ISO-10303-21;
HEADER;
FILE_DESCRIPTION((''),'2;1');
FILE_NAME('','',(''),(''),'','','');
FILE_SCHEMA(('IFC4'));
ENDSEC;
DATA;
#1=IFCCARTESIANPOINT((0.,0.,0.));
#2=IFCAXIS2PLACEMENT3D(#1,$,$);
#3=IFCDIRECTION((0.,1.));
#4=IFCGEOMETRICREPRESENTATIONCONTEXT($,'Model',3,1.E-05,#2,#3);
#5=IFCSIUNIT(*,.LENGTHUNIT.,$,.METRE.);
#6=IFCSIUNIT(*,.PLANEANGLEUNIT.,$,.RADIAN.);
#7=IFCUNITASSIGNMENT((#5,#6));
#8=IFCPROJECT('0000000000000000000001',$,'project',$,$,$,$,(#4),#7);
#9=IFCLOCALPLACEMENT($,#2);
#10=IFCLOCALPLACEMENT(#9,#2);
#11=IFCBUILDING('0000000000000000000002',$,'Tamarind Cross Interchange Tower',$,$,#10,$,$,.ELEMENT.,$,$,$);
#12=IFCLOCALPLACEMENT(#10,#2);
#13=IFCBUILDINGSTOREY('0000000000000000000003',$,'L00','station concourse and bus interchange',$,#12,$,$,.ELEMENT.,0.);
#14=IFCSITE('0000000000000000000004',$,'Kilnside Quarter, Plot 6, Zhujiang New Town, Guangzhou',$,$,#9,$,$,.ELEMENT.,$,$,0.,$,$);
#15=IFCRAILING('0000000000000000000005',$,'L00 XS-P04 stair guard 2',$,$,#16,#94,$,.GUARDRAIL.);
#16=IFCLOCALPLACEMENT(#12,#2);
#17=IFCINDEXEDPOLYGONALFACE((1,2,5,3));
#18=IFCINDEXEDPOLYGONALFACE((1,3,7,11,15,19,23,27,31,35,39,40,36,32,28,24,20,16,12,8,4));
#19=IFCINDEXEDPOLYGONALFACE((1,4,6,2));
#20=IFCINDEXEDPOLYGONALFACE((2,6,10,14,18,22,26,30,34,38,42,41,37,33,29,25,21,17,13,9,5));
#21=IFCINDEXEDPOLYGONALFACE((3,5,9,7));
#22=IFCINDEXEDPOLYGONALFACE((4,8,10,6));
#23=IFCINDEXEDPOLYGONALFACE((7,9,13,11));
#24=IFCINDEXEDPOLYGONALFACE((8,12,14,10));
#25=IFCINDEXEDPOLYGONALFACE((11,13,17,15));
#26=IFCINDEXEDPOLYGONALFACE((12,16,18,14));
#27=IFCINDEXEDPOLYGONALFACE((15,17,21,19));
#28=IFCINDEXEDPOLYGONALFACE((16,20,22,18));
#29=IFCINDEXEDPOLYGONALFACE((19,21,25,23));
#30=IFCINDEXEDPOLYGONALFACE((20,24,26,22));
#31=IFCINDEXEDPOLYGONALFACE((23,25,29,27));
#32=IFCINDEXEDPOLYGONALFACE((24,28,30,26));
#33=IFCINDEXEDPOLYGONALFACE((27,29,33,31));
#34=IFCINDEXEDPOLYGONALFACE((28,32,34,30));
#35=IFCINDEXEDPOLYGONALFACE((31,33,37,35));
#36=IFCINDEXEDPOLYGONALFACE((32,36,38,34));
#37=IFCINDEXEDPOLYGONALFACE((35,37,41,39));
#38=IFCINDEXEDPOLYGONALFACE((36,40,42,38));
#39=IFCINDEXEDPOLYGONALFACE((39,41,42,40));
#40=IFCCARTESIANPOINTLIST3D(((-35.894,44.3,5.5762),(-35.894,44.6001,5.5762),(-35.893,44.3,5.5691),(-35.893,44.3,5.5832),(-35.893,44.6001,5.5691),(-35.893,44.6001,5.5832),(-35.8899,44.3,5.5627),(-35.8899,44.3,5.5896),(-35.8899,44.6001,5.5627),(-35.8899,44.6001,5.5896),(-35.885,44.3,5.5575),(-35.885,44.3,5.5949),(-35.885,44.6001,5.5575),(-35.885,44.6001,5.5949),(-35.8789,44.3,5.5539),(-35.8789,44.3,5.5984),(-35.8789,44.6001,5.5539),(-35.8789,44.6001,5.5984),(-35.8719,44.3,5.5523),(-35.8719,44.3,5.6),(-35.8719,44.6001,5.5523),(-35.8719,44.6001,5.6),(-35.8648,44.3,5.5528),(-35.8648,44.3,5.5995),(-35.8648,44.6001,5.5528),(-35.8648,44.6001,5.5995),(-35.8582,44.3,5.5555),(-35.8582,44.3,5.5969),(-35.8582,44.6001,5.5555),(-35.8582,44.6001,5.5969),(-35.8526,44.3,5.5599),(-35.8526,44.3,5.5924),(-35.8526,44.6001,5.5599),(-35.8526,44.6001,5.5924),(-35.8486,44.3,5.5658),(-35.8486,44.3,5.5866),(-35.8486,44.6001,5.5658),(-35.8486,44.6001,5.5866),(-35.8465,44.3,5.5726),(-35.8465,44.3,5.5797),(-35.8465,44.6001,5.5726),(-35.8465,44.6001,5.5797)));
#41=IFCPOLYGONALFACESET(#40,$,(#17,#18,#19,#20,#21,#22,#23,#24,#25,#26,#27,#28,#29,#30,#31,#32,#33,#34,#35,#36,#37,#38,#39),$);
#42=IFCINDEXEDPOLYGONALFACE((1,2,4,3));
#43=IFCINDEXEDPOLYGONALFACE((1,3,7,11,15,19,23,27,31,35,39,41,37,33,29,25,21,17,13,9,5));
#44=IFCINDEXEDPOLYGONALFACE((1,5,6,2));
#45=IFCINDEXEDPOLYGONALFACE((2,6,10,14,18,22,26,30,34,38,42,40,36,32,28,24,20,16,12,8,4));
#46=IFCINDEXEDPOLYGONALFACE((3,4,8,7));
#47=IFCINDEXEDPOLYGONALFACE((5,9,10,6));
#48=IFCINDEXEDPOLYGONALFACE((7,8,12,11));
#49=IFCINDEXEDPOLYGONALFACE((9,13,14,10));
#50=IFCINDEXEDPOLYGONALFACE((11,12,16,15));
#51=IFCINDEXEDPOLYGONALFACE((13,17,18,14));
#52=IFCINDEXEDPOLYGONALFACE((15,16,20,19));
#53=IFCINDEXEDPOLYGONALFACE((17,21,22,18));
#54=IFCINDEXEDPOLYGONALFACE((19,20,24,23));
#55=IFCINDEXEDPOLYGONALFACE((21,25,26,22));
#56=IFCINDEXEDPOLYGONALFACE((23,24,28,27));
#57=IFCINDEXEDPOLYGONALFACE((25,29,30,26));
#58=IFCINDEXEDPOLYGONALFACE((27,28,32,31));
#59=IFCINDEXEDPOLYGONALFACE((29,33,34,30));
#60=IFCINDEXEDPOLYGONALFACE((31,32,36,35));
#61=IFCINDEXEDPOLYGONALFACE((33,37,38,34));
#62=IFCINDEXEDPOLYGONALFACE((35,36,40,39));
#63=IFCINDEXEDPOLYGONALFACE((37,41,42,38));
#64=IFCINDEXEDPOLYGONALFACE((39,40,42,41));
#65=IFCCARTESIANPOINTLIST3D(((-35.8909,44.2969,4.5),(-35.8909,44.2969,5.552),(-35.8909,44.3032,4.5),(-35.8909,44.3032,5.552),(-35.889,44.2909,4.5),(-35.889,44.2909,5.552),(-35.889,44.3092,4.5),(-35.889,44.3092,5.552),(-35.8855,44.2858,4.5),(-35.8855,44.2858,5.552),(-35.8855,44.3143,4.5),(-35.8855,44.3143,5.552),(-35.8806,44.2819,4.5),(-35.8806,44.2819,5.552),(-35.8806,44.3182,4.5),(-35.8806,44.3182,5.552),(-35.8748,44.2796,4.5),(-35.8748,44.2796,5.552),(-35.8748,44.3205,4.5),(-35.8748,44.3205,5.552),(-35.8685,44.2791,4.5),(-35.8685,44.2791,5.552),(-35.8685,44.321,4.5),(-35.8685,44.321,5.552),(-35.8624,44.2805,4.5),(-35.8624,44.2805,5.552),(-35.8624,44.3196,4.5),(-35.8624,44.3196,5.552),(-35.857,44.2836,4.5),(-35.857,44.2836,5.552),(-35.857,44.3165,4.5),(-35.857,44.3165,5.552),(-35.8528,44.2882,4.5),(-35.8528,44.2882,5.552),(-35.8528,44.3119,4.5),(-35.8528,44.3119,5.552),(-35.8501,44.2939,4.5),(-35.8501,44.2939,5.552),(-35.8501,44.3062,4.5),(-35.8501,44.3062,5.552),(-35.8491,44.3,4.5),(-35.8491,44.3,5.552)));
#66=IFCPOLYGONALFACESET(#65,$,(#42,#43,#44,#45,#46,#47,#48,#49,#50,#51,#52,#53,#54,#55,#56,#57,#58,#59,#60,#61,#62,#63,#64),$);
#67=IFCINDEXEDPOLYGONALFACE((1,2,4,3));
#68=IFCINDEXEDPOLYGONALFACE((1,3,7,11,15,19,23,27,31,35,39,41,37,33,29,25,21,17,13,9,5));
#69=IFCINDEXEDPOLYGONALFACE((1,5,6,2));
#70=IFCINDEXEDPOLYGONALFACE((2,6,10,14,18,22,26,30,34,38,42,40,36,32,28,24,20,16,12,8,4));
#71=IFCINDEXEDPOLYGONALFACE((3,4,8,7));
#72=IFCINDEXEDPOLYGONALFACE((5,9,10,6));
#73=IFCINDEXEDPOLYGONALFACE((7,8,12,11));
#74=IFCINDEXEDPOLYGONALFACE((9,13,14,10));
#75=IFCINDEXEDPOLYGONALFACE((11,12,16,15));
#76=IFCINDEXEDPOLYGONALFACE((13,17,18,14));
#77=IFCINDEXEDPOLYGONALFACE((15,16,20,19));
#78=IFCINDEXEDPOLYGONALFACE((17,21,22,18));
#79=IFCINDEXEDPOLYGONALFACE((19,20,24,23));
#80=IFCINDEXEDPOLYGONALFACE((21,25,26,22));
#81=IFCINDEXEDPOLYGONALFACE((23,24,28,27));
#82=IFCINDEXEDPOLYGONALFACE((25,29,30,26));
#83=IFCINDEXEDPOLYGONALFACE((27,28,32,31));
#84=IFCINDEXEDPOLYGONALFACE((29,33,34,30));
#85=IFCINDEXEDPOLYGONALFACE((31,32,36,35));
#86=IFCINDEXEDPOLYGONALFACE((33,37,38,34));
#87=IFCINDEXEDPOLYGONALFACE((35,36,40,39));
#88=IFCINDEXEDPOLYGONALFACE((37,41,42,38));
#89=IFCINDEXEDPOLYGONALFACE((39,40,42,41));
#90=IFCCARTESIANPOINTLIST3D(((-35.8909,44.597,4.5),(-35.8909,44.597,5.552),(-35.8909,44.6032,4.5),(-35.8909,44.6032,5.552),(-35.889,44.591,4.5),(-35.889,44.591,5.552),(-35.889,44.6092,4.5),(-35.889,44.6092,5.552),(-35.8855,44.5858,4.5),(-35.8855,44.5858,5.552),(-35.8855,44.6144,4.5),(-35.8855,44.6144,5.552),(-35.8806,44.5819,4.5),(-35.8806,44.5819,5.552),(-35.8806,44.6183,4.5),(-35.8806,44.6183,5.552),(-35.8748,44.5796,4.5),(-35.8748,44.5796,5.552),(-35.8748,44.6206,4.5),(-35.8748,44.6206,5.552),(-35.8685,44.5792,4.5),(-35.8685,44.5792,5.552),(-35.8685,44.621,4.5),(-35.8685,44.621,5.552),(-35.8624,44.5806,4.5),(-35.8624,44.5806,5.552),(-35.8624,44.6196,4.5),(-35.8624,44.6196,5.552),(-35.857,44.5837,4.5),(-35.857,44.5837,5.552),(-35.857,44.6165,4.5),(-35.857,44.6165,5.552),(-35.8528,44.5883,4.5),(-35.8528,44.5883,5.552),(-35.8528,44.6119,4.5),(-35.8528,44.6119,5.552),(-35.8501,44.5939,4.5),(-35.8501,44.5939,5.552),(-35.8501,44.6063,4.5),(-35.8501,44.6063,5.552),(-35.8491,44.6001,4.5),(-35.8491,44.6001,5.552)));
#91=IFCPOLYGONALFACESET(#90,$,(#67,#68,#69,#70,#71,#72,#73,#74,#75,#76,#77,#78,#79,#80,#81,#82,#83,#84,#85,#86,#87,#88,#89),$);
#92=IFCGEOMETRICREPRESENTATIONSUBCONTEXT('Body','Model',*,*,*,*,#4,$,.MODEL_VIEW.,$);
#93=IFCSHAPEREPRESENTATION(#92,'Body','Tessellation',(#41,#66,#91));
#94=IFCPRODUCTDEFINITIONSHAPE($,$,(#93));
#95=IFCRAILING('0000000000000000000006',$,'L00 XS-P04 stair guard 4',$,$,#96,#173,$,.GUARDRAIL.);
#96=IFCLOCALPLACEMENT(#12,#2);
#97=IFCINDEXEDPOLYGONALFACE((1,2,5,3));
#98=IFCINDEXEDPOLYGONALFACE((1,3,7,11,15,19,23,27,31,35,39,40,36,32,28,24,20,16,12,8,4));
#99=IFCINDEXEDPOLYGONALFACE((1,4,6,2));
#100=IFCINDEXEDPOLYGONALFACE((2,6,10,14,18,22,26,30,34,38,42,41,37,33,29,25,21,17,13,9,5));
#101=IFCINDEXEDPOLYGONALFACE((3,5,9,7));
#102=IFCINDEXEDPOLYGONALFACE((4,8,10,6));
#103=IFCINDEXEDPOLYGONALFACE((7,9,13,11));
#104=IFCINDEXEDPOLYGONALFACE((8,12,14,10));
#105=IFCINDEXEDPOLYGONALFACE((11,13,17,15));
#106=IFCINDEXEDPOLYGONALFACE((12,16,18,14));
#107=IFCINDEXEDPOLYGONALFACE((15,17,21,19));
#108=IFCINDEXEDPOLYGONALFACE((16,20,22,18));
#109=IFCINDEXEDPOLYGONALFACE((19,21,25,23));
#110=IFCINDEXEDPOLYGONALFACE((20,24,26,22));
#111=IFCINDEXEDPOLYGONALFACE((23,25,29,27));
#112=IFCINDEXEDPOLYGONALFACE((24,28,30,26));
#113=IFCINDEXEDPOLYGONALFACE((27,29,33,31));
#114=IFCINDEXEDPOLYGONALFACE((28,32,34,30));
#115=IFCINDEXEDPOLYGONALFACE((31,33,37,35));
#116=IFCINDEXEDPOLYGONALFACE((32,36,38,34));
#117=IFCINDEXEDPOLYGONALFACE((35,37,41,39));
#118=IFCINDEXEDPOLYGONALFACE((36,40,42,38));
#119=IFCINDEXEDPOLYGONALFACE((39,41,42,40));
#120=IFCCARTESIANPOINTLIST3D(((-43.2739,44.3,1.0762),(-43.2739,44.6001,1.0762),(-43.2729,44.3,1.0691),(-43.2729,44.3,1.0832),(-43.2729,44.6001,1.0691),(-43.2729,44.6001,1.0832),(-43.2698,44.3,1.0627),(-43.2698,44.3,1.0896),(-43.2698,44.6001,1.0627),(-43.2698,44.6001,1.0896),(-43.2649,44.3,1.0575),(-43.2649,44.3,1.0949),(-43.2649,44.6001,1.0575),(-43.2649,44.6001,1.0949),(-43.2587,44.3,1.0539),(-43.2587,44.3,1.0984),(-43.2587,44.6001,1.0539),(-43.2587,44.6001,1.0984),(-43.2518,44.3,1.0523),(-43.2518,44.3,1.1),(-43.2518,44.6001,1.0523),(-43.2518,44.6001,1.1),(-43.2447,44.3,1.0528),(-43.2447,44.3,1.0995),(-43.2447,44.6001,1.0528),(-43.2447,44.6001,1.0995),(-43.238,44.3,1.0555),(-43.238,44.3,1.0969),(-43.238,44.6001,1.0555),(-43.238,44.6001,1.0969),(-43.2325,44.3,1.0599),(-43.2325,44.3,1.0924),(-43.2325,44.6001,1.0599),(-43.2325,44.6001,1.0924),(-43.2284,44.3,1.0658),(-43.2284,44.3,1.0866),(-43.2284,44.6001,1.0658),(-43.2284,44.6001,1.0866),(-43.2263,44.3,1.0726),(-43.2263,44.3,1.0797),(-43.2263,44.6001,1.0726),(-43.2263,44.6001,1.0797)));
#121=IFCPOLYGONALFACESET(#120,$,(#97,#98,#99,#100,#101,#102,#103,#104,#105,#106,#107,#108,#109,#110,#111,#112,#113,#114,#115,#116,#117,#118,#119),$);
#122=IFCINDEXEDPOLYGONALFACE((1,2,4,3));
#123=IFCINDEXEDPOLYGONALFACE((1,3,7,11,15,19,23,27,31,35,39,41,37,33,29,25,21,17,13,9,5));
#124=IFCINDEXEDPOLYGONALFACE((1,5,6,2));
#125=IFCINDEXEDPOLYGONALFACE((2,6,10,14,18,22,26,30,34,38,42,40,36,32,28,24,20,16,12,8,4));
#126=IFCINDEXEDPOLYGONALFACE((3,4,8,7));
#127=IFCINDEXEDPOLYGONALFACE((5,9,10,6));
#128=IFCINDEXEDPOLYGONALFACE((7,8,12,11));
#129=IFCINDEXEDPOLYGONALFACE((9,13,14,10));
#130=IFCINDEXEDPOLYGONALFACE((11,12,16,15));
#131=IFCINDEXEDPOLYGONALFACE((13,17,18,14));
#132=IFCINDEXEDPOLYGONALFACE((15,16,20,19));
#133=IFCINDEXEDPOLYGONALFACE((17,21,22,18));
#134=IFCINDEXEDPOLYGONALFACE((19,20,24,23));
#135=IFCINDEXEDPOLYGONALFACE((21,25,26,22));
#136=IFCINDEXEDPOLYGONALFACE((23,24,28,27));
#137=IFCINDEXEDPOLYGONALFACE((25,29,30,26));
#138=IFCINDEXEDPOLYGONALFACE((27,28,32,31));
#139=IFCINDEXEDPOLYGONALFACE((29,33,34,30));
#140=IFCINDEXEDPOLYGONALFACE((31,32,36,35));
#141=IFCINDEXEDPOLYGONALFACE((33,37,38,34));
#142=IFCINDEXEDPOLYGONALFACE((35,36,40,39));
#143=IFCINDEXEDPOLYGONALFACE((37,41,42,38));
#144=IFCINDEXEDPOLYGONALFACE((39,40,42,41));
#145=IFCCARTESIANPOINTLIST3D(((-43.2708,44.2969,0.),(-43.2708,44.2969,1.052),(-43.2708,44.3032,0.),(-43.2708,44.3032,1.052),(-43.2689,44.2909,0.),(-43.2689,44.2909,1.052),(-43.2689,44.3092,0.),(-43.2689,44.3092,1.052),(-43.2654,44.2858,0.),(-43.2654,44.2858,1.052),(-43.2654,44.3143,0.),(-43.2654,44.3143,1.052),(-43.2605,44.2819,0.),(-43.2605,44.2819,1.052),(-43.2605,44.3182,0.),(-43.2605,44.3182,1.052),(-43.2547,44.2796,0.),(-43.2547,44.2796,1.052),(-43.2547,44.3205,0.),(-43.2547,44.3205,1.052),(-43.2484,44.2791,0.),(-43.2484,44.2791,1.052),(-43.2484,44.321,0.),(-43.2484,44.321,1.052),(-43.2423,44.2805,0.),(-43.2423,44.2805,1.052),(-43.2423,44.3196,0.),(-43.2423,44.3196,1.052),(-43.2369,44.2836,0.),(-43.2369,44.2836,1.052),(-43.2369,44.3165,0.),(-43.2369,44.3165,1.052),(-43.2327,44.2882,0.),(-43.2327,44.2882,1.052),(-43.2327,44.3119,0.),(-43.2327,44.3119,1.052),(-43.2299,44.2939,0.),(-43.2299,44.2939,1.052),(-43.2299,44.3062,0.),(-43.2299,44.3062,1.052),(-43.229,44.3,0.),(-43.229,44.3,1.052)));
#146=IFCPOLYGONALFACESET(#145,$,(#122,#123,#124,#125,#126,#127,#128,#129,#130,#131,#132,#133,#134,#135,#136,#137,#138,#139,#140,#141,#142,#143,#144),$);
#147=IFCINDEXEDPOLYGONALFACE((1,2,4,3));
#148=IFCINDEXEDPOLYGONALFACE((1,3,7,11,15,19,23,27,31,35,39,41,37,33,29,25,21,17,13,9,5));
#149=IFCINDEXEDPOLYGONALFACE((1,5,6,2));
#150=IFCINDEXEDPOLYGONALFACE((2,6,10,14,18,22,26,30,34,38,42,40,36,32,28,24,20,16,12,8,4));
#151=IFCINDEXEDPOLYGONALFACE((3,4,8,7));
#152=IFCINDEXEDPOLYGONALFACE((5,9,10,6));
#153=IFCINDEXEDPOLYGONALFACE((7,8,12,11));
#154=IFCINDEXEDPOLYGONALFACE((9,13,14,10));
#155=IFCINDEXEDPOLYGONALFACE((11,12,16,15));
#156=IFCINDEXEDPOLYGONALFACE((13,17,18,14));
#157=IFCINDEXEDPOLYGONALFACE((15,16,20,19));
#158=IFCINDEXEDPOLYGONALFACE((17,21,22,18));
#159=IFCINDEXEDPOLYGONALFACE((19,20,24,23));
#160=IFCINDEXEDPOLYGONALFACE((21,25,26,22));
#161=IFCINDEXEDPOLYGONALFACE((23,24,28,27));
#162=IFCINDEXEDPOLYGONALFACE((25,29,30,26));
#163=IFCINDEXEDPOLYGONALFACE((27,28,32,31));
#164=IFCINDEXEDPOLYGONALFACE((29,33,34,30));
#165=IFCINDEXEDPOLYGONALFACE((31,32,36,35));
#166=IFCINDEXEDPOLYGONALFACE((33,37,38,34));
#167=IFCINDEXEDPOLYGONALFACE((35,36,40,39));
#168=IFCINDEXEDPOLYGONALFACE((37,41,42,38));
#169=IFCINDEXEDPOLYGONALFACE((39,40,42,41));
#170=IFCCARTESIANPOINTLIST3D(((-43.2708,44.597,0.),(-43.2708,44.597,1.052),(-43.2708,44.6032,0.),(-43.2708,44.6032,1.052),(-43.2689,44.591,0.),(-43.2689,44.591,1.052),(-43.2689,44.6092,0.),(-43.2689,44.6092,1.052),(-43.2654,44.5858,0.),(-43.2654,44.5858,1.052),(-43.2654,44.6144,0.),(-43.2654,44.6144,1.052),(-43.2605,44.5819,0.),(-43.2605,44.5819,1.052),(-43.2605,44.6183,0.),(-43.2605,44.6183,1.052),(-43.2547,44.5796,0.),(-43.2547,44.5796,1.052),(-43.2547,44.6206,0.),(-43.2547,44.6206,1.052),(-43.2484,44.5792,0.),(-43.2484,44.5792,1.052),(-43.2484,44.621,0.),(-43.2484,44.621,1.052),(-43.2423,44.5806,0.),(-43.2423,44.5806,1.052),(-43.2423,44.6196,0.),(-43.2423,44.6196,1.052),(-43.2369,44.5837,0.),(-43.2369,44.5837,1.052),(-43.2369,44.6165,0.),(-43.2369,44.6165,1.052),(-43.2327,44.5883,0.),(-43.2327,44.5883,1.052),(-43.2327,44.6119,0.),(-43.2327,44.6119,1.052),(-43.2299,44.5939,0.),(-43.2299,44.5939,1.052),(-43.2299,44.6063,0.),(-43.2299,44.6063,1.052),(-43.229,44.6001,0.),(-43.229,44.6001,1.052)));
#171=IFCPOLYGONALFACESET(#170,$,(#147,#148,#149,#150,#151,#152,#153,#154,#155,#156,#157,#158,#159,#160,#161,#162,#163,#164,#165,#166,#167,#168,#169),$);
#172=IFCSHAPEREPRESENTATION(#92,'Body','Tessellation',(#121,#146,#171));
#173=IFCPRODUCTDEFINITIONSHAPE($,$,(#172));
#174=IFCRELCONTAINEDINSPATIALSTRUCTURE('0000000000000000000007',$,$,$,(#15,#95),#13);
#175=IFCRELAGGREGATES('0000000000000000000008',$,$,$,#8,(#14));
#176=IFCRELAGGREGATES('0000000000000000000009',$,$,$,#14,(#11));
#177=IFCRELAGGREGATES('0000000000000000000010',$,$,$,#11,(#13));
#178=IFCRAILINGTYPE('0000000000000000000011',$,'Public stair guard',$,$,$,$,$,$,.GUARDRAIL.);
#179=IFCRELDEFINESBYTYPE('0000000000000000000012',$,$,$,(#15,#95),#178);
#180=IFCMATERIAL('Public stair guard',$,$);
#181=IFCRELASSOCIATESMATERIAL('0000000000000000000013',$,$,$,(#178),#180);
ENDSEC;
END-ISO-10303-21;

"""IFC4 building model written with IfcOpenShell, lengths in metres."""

from ifc_helpers import new_model, si_unit, direction, frame, origin, origin_2d, place, context, subcontext, project, spatial, circle, extrude, material, type_object, element, save


model = new_model("IFC4")

# Units and contexts
model_context = context("Model", 3, precision=1e-05, world=origin(), true_north=direction((0.0, 1.0)))
body_context = subcontext(model_context, "Body", "Model", "MODEL_VIEW")
ifc_project = project(units=[si_unit("LENGTHUNIT", "METRE"), si_unit("PLANEANGLEUNIT", "RADIAN")], contexts=[model_context])

# Site, building, storey
site_placement = place(None, origin())
site = spatial("IfcSite", under=ifc_project, at=site_placement, Name="Kilnside Quarter, Plot 6, Zhujiang New Town, Guangzhou", CompositionType="ELEMENT", RefElevation=0.0)
building_placement = place(site_placement, origin())
building = spatial("IfcBuilding", under=site, at=building_placement, Name="Tamarind Cross Interchange Tower", CompositionType="ELEMENT")
storey_placement = place(building_placement, origin())
storey = spatial("IfcBuildingStorey", under=building, at=storey_placement, Name="L00", Description="station concourse and bus interchange", CompositionType="ELEMENT", Elevation=0.0)

# Railings
ifc_material_1 = material(Name="Public stair guard")
railing_type_1 = type_object("IfcRailingType", Name="Public stair guard", PredefinedType="GUARDRAIL", material=ifc_material_1)
railing_1_placement = place(storey_placement, frame((-35.8701, 44.3, 4.5)))
element("IfcRailing", 1, at=railing_1_placement, inside=storey, type_object=railing_type_1, Name="L00 XS-P04 stair guard 2", PredefinedType="GUARDRAIL", context=body_context, shape_type="SweptSolid", body=[
    extrude(circle(Radius=0.0239, at=origin_2d()), frame((0.0, 0.0, 1.0762), z_axis=(0.0, 1.0, 0.0), x_axis=(-1.0, 0.0, 0.0)), (0.0, 0.0, 1.0), 0.3),
    extrude(circle(Radius=0.021, at=origin_2d()), origin(), (0.0, 0.0, 1.0), 1.052),
    extrude(circle(Radius=0.021, at=origin_2d()), frame((0.0, 0.3, 0.0)), (0.0, 0.0, 1.0), 1.052),
])
railing_2_placement = place(storey_placement, frame((-43.25, 44.3, 0.0)))
element("IfcRailing", 2, at=railing_2_placement, inside=storey, type_object=railing_type_1, Name="L00 XS-P04 stair guard 4", PredefinedType="GUARDRAIL", context=body_context, shape_type="SweptSolid", body=[
    extrude(circle(Radius=0.0239, at=origin_2d()), frame((0.0, 0.0, 1.0762), z_axis=(0.0, 1.0, 0.0), x_axis=(-1.0, 0.0, 0.0)), (0.0, 0.0, 1.0), 0.3),
    extrude(circle(Radius=0.021, at=origin_2d()), origin(), (0.0, 0.0, 1.0), 1.052),
    extrude(circle(Radius=0.021, at=origin_2d()), frame((0.0, 0.3, 0.0)), (0.0, 0.0, 1.0), 1.052),
])

save(model, "model.ifc")
